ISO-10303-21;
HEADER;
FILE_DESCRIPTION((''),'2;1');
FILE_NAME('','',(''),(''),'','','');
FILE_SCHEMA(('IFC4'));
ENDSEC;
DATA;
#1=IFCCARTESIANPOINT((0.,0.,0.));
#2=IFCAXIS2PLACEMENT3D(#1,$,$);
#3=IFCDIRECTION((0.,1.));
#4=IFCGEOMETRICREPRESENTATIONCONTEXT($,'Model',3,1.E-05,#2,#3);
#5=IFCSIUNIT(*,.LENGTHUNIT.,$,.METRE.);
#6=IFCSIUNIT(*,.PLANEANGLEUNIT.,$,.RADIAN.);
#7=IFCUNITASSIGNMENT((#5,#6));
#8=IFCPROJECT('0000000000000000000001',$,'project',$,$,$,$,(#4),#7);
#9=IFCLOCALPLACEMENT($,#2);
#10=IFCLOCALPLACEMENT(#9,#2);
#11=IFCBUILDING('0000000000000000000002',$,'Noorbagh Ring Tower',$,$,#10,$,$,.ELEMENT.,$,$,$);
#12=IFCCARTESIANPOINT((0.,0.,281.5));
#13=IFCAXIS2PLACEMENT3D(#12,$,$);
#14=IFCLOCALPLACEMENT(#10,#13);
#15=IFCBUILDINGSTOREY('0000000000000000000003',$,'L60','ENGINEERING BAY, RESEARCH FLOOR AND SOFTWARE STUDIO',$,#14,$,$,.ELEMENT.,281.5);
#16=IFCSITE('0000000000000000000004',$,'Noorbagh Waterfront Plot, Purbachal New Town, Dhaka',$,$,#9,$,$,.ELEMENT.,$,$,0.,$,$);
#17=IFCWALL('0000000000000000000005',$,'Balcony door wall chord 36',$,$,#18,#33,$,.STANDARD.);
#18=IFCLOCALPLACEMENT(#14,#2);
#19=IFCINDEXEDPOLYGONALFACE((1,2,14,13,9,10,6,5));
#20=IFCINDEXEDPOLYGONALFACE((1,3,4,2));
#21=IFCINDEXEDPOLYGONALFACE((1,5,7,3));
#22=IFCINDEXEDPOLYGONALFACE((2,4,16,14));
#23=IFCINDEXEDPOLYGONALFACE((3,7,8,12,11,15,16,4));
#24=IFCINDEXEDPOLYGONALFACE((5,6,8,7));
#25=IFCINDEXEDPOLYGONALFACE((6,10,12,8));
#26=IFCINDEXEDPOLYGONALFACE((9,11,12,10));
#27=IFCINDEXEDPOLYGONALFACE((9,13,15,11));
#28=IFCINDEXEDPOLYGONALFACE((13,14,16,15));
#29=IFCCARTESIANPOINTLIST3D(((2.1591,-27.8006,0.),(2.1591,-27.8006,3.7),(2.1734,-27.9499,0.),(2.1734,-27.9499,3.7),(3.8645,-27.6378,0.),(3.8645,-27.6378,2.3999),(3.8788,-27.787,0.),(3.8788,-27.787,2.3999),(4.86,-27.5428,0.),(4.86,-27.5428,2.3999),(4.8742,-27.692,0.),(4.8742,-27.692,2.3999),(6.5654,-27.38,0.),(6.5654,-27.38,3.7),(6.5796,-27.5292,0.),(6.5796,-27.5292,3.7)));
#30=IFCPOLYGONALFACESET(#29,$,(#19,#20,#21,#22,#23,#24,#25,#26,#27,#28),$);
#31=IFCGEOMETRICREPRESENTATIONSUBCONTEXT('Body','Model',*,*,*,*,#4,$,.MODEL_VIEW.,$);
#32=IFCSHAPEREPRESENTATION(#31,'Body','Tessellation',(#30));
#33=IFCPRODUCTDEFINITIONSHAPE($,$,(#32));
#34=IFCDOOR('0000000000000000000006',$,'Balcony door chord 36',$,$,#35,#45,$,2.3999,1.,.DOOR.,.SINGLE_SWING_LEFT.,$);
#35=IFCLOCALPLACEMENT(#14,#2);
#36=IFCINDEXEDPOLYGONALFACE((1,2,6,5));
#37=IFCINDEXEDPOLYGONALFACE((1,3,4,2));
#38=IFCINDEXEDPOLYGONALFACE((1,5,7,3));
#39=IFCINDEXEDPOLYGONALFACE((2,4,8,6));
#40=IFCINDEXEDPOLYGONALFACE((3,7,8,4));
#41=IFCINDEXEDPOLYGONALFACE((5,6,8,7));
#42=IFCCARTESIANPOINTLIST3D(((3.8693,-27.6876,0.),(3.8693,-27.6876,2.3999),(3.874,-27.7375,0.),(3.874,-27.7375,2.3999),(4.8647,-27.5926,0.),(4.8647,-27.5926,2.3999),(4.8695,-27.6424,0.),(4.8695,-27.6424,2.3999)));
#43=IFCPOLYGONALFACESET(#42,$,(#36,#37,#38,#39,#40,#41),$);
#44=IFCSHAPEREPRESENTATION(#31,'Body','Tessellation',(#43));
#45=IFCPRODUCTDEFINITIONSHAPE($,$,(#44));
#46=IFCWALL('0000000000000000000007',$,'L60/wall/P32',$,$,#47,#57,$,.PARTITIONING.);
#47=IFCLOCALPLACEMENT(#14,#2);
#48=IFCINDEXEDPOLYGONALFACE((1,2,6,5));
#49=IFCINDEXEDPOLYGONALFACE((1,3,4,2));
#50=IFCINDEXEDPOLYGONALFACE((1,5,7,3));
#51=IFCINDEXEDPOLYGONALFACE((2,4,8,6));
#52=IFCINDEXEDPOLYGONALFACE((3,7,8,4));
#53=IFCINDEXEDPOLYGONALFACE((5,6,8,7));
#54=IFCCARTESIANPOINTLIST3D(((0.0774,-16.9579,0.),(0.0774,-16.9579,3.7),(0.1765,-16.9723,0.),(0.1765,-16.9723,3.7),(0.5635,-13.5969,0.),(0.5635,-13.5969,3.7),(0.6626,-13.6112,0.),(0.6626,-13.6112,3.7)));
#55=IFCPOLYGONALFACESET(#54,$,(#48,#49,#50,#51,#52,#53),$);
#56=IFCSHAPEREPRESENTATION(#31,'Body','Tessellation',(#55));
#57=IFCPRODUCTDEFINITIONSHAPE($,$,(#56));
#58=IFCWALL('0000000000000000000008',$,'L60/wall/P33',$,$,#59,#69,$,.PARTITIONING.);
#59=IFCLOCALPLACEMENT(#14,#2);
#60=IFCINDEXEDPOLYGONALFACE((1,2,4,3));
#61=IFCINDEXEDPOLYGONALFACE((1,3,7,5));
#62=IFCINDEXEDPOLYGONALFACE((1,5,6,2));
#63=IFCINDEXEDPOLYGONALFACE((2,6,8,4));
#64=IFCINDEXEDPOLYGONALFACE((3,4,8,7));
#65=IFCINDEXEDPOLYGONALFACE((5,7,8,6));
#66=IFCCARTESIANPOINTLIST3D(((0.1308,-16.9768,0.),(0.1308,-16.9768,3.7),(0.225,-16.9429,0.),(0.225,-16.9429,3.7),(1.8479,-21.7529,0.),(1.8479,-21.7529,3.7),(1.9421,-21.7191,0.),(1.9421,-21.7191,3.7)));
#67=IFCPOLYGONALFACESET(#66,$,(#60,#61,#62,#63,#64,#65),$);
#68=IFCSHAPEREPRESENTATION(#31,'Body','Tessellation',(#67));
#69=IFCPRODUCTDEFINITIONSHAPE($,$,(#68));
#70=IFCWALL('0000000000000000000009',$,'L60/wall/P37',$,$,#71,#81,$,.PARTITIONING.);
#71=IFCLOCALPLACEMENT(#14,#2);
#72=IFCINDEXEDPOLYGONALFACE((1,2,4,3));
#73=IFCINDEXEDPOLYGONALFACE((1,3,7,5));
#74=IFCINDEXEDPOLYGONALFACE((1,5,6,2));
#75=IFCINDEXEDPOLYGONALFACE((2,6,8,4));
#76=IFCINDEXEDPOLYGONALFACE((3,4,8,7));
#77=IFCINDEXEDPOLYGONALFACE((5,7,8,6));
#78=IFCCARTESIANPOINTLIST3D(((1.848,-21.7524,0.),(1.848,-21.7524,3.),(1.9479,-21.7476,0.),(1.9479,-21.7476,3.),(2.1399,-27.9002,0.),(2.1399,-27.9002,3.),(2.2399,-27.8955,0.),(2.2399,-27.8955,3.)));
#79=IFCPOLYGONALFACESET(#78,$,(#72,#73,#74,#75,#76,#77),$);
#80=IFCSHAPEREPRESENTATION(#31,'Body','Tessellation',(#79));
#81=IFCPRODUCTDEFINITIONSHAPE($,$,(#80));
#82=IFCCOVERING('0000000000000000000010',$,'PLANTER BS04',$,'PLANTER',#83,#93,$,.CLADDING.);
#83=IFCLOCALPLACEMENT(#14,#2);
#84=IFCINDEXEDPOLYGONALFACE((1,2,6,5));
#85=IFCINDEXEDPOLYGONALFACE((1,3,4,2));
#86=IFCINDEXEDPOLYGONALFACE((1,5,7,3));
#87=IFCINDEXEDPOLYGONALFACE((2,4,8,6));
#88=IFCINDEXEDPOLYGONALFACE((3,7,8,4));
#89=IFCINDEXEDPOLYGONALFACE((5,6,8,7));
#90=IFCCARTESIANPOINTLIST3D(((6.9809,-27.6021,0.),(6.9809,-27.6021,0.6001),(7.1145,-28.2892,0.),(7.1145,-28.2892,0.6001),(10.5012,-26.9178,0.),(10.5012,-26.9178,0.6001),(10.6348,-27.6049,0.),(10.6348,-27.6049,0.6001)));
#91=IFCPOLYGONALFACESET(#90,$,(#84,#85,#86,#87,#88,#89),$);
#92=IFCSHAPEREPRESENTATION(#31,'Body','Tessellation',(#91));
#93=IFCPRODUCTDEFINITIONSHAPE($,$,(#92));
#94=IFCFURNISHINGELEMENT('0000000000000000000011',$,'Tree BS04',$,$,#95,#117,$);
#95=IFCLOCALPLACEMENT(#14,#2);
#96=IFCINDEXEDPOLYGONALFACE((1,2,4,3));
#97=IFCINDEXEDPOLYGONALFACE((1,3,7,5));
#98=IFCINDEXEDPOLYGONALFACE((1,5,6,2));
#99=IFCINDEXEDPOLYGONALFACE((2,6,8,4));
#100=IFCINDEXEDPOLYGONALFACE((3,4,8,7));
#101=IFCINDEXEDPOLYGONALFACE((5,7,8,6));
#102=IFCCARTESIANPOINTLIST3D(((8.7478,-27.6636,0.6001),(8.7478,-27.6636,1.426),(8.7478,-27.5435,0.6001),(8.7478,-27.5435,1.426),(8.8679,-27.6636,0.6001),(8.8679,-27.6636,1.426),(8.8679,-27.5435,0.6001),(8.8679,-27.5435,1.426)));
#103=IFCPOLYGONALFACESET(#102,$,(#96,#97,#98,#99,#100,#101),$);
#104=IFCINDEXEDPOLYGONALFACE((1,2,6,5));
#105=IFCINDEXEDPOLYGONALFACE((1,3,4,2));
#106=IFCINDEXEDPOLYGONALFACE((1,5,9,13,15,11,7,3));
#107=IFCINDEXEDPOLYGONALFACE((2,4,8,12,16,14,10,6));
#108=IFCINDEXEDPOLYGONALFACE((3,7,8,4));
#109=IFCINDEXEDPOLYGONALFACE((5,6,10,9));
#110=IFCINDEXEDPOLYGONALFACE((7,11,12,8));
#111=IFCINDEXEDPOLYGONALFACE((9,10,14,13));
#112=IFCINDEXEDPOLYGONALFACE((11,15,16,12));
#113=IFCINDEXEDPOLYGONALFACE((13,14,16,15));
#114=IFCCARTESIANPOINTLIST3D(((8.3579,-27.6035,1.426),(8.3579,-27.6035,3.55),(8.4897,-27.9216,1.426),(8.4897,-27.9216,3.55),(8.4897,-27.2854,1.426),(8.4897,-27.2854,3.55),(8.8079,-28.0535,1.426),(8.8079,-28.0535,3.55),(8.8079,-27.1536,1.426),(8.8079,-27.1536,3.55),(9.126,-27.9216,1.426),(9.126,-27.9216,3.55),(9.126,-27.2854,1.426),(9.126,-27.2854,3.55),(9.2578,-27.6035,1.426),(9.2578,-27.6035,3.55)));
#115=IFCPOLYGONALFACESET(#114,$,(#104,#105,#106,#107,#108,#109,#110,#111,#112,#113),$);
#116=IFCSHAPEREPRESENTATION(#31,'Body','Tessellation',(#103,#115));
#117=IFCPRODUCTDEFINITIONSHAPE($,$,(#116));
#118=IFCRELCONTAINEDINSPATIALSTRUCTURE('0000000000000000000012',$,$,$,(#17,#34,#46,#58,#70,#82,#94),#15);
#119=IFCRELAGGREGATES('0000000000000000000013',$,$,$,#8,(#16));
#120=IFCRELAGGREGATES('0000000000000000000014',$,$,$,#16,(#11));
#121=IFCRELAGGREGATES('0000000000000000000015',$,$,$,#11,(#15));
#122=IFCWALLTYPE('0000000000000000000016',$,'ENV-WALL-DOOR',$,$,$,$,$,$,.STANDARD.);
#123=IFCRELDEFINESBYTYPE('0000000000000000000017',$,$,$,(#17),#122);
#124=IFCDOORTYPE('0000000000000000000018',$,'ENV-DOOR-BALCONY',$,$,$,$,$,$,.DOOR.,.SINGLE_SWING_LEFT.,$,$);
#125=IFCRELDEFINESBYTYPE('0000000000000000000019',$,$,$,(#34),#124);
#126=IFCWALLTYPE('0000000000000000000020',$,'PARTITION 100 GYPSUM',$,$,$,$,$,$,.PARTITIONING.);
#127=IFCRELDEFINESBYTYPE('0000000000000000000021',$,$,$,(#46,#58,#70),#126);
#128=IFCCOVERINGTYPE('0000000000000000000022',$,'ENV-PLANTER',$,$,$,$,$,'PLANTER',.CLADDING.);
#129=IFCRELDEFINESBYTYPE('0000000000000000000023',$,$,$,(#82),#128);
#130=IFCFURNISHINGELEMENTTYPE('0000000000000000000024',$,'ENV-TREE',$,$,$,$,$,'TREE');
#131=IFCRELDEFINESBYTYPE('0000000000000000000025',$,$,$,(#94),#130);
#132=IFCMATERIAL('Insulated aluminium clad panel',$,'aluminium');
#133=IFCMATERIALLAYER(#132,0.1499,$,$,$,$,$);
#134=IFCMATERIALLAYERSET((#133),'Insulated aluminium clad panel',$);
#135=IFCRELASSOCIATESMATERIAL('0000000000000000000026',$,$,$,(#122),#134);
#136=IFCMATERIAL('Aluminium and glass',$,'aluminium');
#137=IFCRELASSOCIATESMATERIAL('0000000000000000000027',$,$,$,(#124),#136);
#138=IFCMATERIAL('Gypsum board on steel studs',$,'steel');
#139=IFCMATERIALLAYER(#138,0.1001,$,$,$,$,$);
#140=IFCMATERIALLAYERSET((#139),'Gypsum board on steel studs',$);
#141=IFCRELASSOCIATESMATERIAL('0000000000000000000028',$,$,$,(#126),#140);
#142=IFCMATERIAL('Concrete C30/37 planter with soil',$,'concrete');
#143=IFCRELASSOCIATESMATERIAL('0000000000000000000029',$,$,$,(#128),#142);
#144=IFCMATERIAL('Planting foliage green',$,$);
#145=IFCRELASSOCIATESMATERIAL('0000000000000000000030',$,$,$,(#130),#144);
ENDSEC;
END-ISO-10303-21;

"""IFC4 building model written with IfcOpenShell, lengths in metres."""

from ifc_helpers import new_model, si_unit, direction, frame, frame_2d, origin, origin_2d, place, context, subcontext, project, spatial, polyline, rectangle, outline, extrude, material, layer, layer_set, type_object, element, fill, save


model = new_model("IFC4")

# Units and contexts
model_context = context("Model", 3, precision=1e-05, world=origin(), true_north=direction((0.0, 1.0)))
body_context = subcontext(model_context, "Body", "Model", "MODEL_VIEW")
ifc_project = project(units=[si_unit("LENGTHUNIT", "METRE"), si_unit("PLANEANGLEUNIT", "RADIAN")], contexts=[model_context])

# Site, building, storey
site_placement = place(None, origin())
site = spatial("IfcSite", under=ifc_project, at=site_placement, Name="Noorbagh Waterfront Plot, Purbachal New Town, Dhaka", CompositionType="ELEMENT", RefElevation=0.0)
building_placement = place(site_placement, origin())
building = spatial("IfcBuilding", under=site, at=building_placement, Name="Noorbagh Ring Tower", CompositionType="ELEMENT")
storey_placement = place(building_placement, frame((0.0, 0.0, 281.5)))
storey = spatial("IfcBuildingStorey", under=building, at=storey_placement, Name="L60", Description="ENGINEERING BAY, RESEARCH FLOOR AND SOFTWARE STUDIO", CompositionType="ELEMENT", Elevation=281.5)

# Wall, opening, door
ifc_material_1 = material(Name="Insulated aluminium clad panel", Category="aluminium")
ifc_layer_1 = layer(ifc_material_1, 0.1499)
ifc_layer_set_1 = layer_set([ifc_layer_1], Name="Insulated aluminium clad panel")
wall_type_1 = type_object("IfcWallType", Name="ENV-WALL-DOOR", PredefinedType="STANDARD", material=ifc_layer_set_1)
wall_1_placement = place(storey_placement, frame((2.1663, -27.8752, 0.0), z_axis=(0.0, 0.0, 1.0), x_axis=(0.995474, 0.095036, 0.0)))
wall_1 = element("IfcWall", 1, at=wall_1_placement, inside=storey, type_object=wall_type_1, Name="Balcony door wall chord 36", PredefinedType="STANDARD", context=body_context, shape_type="SweptSolid", body=[
    extrude(rectangle(XDim=4.4263, YDim=0.1499, at=frame_2d((2.2131, 0.0))), origin(), (0.0, 0.0, 1.0), 3.7),
])
opening_1_placement = place(wall_1_placement, frame((1.7131, 0.0, 0.0)))
opening_1 = element("IfcOpeningElement", 2, at=opening_1_placement, cuts=wall_1, PredefinedType="OPENING", context=body_context, shape_type="SweptSolid", body=[
    extrude(rectangle(XDim=1.0, YDim=2.3999, at=frame_2d((0.5, 1.2))), frame((0.0, 0.085, 0.0), z_axis=(0.0, -1.0, 0.0), x_axis=(1.0, 0.0, 0.0)), (0.0, 0.0, 1.0), 0.1699),
])
ifc_material_2 = material(Name="Aluminium and glass", Category="aluminium")
door_type_1 = type_object("IfcDoorType", Name="ENV-DOOR-BALCONY", OperationType="SINGLE_SWING_LEFT", PredefinedType="DOOR", material=ifc_material_2)
door_1_placement = place(opening_1_placement, origin())
door_1 = element("IfcDoor", 3, at=door_1_placement, inside=storey, type_object=door_type_1, Name="Balcony door chord 36", OperationType="SINGLE_SWING_LEFT", OverallHeight=2.3999, OverallWidth=1.0, PredefinedType="DOOR", context=body_context, shape_type="SweptSolid", body=[
    extrude(rectangle(XDim=1.0, YDim=2.3999, at=frame_2d((0.5, 1.2))), frame((0.0, 0.0249, 0.0), z_axis=(0.0, -1.0, 0.0), x_axis=(1.0, 0.0, 0.0)), (0.0, 0.0, 1.0), 0.05),
])
fill(opening_1, door_1)

# Walls
ifc_material_3 = material(Name="Gypsum board on steel studs", Category="steel")
ifc_layer_2 = layer(ifc_material_3, 0.1001)
ifc_layer_set_2 = layer_set([ifc_layer_2], Name="Gypsum board on steel studs")
wall_type_2 = type_object("IfcWallType", Name="PARTITION 100 GYPSUM", PredefinedType="PARTITIONING", material=ifc_layer_set_2)
wall_2_placement = place(storey_placement, frame((0.127, -16.9651, 0.0), z_axis=(0.0, 0.0, 1.0), x_axis=(0.143132, 0.989704, 0.0)))
element("IfcWall", 4, at=wall_2_placement, inside=storey, type_object=wall_type_2, Name="L60/wall/P32", PredefinedType="PARTITIONING", context=body_context, shape_type="SweptSolid", body=[
    extrude(rectangle(XDim=3.396, YDim=0.1001, at=frame_2d((1.698, 0.0))), origin(), (0.0, 0.0, 1.0), 3.7),
])
wall_3_placement = place(storey_placement, frame((0.178, -16.96, 0.0), z_axis=(0.0, 0.0, 1.0), x_axis=(0.338307, -0.941036, 0.0)))
element("IfcWall", 5, at=wall_3_placement, inside=storey, type_object=wall_type_2, Name="L60/wall/P33", PredefinedType="PARTITIONING", context=body_context, shape_type="SweptSolid", body=[
    extrude(rectangle(XDim=5.0754, YDim=0.1001, at=frame_2d((2.5376, 0.0))), origin(), (0.0, 0.0, 1.0), 3.7),
])
wall_4_placement = place(storey_placement, frame((1.8979, -21.75, 0.0), z_axis=(0.0, 0.0, 1.0), x_axis=(0.047441, -0.998874, 0.0)))
element("IfcWall", 6, at=wall_4_placement, inside=storey, type_object=wall_type_2, Name="L60/wall/P37", PredefinedType="PARTITIONING", context=body_context, shape_type="SweptSolid", body=[
    extrude(rectangle(XDim=6.1548, YDim=0.1001, at=frame_2d((3.0774, 0.0))), origin(), (0.0, 0.0, 1.0), 3.0),
])

# Covering
ifc_material_4 = material(Name="Concrete C30/37 planter with soil", Category="concrete")
covering_type = type_object("IfcCoveringType", Name="ENV-PLANTER", ElementType="PLANTER", PredefinedType="CLADDING", material=ifc_material_4)
covering_placement = place(storey_placement, frame((8.8079, -27.6035, 0.0), z_axis=(0.0, 0.0, 1.0), x_axis=(0.981625, 0.19082, 0.0)))
element("IfcCovering", 7, at=covering_placement, inside=storey, type_object=covering_type, Name="PLANTER BS04", ObjectType="PLANTER", PredefinedType="CLADDING", context=body_context, shape_type="SweptSolid", body=[
    extrude(rectangle(XDim=3.5862, YDim=0.7, at=origin_2d()), origin(), (0.0, 0.0, 1.0), 0.6001),
])

# Furnishing element
ifc_material_5 = material(Name="Planting foliage green")
furnishing_element_type = type_object("IfcFurnishingElementType", Name="ENV-TREE", ElementType="TREE", material=ifc_material_5)
furnishing_placement = place(storey_placement, frame((8.8079, -27.6035, 0.6001), z_axis=(0.0, 0.0, 1.0), x_axis=(1.0, 0.0, 0.0)))
element("IfcFurnishingElement", 8, at=furnishing_placement, inside=storey, type_object=furnishing_element_type, Name="Tree BS04", context=body_context, shape_type="SweptSolid", body=[
    extrude(rectangle(XDim=0.1201, YDim=0.1201, at=origin_2d()), origin(), (0.0, 0.0, 1.0), 0.8259),
    extrude(outline(polyline([(0.45, 0.0), (0.3181, 0.3181), (0.0, 0.45), (-0.3181, 0.3181), (-0.45, 0.0), (-0.3181, -0.3181), (0.0, -0.45), (0.3181, -0.3181), (0.45, 0.0)])), frame((0.0, 0.0, 0.8259)), (0.0, 0.0, 1.0), 2.124),
])

save(model, "model.ifc")
